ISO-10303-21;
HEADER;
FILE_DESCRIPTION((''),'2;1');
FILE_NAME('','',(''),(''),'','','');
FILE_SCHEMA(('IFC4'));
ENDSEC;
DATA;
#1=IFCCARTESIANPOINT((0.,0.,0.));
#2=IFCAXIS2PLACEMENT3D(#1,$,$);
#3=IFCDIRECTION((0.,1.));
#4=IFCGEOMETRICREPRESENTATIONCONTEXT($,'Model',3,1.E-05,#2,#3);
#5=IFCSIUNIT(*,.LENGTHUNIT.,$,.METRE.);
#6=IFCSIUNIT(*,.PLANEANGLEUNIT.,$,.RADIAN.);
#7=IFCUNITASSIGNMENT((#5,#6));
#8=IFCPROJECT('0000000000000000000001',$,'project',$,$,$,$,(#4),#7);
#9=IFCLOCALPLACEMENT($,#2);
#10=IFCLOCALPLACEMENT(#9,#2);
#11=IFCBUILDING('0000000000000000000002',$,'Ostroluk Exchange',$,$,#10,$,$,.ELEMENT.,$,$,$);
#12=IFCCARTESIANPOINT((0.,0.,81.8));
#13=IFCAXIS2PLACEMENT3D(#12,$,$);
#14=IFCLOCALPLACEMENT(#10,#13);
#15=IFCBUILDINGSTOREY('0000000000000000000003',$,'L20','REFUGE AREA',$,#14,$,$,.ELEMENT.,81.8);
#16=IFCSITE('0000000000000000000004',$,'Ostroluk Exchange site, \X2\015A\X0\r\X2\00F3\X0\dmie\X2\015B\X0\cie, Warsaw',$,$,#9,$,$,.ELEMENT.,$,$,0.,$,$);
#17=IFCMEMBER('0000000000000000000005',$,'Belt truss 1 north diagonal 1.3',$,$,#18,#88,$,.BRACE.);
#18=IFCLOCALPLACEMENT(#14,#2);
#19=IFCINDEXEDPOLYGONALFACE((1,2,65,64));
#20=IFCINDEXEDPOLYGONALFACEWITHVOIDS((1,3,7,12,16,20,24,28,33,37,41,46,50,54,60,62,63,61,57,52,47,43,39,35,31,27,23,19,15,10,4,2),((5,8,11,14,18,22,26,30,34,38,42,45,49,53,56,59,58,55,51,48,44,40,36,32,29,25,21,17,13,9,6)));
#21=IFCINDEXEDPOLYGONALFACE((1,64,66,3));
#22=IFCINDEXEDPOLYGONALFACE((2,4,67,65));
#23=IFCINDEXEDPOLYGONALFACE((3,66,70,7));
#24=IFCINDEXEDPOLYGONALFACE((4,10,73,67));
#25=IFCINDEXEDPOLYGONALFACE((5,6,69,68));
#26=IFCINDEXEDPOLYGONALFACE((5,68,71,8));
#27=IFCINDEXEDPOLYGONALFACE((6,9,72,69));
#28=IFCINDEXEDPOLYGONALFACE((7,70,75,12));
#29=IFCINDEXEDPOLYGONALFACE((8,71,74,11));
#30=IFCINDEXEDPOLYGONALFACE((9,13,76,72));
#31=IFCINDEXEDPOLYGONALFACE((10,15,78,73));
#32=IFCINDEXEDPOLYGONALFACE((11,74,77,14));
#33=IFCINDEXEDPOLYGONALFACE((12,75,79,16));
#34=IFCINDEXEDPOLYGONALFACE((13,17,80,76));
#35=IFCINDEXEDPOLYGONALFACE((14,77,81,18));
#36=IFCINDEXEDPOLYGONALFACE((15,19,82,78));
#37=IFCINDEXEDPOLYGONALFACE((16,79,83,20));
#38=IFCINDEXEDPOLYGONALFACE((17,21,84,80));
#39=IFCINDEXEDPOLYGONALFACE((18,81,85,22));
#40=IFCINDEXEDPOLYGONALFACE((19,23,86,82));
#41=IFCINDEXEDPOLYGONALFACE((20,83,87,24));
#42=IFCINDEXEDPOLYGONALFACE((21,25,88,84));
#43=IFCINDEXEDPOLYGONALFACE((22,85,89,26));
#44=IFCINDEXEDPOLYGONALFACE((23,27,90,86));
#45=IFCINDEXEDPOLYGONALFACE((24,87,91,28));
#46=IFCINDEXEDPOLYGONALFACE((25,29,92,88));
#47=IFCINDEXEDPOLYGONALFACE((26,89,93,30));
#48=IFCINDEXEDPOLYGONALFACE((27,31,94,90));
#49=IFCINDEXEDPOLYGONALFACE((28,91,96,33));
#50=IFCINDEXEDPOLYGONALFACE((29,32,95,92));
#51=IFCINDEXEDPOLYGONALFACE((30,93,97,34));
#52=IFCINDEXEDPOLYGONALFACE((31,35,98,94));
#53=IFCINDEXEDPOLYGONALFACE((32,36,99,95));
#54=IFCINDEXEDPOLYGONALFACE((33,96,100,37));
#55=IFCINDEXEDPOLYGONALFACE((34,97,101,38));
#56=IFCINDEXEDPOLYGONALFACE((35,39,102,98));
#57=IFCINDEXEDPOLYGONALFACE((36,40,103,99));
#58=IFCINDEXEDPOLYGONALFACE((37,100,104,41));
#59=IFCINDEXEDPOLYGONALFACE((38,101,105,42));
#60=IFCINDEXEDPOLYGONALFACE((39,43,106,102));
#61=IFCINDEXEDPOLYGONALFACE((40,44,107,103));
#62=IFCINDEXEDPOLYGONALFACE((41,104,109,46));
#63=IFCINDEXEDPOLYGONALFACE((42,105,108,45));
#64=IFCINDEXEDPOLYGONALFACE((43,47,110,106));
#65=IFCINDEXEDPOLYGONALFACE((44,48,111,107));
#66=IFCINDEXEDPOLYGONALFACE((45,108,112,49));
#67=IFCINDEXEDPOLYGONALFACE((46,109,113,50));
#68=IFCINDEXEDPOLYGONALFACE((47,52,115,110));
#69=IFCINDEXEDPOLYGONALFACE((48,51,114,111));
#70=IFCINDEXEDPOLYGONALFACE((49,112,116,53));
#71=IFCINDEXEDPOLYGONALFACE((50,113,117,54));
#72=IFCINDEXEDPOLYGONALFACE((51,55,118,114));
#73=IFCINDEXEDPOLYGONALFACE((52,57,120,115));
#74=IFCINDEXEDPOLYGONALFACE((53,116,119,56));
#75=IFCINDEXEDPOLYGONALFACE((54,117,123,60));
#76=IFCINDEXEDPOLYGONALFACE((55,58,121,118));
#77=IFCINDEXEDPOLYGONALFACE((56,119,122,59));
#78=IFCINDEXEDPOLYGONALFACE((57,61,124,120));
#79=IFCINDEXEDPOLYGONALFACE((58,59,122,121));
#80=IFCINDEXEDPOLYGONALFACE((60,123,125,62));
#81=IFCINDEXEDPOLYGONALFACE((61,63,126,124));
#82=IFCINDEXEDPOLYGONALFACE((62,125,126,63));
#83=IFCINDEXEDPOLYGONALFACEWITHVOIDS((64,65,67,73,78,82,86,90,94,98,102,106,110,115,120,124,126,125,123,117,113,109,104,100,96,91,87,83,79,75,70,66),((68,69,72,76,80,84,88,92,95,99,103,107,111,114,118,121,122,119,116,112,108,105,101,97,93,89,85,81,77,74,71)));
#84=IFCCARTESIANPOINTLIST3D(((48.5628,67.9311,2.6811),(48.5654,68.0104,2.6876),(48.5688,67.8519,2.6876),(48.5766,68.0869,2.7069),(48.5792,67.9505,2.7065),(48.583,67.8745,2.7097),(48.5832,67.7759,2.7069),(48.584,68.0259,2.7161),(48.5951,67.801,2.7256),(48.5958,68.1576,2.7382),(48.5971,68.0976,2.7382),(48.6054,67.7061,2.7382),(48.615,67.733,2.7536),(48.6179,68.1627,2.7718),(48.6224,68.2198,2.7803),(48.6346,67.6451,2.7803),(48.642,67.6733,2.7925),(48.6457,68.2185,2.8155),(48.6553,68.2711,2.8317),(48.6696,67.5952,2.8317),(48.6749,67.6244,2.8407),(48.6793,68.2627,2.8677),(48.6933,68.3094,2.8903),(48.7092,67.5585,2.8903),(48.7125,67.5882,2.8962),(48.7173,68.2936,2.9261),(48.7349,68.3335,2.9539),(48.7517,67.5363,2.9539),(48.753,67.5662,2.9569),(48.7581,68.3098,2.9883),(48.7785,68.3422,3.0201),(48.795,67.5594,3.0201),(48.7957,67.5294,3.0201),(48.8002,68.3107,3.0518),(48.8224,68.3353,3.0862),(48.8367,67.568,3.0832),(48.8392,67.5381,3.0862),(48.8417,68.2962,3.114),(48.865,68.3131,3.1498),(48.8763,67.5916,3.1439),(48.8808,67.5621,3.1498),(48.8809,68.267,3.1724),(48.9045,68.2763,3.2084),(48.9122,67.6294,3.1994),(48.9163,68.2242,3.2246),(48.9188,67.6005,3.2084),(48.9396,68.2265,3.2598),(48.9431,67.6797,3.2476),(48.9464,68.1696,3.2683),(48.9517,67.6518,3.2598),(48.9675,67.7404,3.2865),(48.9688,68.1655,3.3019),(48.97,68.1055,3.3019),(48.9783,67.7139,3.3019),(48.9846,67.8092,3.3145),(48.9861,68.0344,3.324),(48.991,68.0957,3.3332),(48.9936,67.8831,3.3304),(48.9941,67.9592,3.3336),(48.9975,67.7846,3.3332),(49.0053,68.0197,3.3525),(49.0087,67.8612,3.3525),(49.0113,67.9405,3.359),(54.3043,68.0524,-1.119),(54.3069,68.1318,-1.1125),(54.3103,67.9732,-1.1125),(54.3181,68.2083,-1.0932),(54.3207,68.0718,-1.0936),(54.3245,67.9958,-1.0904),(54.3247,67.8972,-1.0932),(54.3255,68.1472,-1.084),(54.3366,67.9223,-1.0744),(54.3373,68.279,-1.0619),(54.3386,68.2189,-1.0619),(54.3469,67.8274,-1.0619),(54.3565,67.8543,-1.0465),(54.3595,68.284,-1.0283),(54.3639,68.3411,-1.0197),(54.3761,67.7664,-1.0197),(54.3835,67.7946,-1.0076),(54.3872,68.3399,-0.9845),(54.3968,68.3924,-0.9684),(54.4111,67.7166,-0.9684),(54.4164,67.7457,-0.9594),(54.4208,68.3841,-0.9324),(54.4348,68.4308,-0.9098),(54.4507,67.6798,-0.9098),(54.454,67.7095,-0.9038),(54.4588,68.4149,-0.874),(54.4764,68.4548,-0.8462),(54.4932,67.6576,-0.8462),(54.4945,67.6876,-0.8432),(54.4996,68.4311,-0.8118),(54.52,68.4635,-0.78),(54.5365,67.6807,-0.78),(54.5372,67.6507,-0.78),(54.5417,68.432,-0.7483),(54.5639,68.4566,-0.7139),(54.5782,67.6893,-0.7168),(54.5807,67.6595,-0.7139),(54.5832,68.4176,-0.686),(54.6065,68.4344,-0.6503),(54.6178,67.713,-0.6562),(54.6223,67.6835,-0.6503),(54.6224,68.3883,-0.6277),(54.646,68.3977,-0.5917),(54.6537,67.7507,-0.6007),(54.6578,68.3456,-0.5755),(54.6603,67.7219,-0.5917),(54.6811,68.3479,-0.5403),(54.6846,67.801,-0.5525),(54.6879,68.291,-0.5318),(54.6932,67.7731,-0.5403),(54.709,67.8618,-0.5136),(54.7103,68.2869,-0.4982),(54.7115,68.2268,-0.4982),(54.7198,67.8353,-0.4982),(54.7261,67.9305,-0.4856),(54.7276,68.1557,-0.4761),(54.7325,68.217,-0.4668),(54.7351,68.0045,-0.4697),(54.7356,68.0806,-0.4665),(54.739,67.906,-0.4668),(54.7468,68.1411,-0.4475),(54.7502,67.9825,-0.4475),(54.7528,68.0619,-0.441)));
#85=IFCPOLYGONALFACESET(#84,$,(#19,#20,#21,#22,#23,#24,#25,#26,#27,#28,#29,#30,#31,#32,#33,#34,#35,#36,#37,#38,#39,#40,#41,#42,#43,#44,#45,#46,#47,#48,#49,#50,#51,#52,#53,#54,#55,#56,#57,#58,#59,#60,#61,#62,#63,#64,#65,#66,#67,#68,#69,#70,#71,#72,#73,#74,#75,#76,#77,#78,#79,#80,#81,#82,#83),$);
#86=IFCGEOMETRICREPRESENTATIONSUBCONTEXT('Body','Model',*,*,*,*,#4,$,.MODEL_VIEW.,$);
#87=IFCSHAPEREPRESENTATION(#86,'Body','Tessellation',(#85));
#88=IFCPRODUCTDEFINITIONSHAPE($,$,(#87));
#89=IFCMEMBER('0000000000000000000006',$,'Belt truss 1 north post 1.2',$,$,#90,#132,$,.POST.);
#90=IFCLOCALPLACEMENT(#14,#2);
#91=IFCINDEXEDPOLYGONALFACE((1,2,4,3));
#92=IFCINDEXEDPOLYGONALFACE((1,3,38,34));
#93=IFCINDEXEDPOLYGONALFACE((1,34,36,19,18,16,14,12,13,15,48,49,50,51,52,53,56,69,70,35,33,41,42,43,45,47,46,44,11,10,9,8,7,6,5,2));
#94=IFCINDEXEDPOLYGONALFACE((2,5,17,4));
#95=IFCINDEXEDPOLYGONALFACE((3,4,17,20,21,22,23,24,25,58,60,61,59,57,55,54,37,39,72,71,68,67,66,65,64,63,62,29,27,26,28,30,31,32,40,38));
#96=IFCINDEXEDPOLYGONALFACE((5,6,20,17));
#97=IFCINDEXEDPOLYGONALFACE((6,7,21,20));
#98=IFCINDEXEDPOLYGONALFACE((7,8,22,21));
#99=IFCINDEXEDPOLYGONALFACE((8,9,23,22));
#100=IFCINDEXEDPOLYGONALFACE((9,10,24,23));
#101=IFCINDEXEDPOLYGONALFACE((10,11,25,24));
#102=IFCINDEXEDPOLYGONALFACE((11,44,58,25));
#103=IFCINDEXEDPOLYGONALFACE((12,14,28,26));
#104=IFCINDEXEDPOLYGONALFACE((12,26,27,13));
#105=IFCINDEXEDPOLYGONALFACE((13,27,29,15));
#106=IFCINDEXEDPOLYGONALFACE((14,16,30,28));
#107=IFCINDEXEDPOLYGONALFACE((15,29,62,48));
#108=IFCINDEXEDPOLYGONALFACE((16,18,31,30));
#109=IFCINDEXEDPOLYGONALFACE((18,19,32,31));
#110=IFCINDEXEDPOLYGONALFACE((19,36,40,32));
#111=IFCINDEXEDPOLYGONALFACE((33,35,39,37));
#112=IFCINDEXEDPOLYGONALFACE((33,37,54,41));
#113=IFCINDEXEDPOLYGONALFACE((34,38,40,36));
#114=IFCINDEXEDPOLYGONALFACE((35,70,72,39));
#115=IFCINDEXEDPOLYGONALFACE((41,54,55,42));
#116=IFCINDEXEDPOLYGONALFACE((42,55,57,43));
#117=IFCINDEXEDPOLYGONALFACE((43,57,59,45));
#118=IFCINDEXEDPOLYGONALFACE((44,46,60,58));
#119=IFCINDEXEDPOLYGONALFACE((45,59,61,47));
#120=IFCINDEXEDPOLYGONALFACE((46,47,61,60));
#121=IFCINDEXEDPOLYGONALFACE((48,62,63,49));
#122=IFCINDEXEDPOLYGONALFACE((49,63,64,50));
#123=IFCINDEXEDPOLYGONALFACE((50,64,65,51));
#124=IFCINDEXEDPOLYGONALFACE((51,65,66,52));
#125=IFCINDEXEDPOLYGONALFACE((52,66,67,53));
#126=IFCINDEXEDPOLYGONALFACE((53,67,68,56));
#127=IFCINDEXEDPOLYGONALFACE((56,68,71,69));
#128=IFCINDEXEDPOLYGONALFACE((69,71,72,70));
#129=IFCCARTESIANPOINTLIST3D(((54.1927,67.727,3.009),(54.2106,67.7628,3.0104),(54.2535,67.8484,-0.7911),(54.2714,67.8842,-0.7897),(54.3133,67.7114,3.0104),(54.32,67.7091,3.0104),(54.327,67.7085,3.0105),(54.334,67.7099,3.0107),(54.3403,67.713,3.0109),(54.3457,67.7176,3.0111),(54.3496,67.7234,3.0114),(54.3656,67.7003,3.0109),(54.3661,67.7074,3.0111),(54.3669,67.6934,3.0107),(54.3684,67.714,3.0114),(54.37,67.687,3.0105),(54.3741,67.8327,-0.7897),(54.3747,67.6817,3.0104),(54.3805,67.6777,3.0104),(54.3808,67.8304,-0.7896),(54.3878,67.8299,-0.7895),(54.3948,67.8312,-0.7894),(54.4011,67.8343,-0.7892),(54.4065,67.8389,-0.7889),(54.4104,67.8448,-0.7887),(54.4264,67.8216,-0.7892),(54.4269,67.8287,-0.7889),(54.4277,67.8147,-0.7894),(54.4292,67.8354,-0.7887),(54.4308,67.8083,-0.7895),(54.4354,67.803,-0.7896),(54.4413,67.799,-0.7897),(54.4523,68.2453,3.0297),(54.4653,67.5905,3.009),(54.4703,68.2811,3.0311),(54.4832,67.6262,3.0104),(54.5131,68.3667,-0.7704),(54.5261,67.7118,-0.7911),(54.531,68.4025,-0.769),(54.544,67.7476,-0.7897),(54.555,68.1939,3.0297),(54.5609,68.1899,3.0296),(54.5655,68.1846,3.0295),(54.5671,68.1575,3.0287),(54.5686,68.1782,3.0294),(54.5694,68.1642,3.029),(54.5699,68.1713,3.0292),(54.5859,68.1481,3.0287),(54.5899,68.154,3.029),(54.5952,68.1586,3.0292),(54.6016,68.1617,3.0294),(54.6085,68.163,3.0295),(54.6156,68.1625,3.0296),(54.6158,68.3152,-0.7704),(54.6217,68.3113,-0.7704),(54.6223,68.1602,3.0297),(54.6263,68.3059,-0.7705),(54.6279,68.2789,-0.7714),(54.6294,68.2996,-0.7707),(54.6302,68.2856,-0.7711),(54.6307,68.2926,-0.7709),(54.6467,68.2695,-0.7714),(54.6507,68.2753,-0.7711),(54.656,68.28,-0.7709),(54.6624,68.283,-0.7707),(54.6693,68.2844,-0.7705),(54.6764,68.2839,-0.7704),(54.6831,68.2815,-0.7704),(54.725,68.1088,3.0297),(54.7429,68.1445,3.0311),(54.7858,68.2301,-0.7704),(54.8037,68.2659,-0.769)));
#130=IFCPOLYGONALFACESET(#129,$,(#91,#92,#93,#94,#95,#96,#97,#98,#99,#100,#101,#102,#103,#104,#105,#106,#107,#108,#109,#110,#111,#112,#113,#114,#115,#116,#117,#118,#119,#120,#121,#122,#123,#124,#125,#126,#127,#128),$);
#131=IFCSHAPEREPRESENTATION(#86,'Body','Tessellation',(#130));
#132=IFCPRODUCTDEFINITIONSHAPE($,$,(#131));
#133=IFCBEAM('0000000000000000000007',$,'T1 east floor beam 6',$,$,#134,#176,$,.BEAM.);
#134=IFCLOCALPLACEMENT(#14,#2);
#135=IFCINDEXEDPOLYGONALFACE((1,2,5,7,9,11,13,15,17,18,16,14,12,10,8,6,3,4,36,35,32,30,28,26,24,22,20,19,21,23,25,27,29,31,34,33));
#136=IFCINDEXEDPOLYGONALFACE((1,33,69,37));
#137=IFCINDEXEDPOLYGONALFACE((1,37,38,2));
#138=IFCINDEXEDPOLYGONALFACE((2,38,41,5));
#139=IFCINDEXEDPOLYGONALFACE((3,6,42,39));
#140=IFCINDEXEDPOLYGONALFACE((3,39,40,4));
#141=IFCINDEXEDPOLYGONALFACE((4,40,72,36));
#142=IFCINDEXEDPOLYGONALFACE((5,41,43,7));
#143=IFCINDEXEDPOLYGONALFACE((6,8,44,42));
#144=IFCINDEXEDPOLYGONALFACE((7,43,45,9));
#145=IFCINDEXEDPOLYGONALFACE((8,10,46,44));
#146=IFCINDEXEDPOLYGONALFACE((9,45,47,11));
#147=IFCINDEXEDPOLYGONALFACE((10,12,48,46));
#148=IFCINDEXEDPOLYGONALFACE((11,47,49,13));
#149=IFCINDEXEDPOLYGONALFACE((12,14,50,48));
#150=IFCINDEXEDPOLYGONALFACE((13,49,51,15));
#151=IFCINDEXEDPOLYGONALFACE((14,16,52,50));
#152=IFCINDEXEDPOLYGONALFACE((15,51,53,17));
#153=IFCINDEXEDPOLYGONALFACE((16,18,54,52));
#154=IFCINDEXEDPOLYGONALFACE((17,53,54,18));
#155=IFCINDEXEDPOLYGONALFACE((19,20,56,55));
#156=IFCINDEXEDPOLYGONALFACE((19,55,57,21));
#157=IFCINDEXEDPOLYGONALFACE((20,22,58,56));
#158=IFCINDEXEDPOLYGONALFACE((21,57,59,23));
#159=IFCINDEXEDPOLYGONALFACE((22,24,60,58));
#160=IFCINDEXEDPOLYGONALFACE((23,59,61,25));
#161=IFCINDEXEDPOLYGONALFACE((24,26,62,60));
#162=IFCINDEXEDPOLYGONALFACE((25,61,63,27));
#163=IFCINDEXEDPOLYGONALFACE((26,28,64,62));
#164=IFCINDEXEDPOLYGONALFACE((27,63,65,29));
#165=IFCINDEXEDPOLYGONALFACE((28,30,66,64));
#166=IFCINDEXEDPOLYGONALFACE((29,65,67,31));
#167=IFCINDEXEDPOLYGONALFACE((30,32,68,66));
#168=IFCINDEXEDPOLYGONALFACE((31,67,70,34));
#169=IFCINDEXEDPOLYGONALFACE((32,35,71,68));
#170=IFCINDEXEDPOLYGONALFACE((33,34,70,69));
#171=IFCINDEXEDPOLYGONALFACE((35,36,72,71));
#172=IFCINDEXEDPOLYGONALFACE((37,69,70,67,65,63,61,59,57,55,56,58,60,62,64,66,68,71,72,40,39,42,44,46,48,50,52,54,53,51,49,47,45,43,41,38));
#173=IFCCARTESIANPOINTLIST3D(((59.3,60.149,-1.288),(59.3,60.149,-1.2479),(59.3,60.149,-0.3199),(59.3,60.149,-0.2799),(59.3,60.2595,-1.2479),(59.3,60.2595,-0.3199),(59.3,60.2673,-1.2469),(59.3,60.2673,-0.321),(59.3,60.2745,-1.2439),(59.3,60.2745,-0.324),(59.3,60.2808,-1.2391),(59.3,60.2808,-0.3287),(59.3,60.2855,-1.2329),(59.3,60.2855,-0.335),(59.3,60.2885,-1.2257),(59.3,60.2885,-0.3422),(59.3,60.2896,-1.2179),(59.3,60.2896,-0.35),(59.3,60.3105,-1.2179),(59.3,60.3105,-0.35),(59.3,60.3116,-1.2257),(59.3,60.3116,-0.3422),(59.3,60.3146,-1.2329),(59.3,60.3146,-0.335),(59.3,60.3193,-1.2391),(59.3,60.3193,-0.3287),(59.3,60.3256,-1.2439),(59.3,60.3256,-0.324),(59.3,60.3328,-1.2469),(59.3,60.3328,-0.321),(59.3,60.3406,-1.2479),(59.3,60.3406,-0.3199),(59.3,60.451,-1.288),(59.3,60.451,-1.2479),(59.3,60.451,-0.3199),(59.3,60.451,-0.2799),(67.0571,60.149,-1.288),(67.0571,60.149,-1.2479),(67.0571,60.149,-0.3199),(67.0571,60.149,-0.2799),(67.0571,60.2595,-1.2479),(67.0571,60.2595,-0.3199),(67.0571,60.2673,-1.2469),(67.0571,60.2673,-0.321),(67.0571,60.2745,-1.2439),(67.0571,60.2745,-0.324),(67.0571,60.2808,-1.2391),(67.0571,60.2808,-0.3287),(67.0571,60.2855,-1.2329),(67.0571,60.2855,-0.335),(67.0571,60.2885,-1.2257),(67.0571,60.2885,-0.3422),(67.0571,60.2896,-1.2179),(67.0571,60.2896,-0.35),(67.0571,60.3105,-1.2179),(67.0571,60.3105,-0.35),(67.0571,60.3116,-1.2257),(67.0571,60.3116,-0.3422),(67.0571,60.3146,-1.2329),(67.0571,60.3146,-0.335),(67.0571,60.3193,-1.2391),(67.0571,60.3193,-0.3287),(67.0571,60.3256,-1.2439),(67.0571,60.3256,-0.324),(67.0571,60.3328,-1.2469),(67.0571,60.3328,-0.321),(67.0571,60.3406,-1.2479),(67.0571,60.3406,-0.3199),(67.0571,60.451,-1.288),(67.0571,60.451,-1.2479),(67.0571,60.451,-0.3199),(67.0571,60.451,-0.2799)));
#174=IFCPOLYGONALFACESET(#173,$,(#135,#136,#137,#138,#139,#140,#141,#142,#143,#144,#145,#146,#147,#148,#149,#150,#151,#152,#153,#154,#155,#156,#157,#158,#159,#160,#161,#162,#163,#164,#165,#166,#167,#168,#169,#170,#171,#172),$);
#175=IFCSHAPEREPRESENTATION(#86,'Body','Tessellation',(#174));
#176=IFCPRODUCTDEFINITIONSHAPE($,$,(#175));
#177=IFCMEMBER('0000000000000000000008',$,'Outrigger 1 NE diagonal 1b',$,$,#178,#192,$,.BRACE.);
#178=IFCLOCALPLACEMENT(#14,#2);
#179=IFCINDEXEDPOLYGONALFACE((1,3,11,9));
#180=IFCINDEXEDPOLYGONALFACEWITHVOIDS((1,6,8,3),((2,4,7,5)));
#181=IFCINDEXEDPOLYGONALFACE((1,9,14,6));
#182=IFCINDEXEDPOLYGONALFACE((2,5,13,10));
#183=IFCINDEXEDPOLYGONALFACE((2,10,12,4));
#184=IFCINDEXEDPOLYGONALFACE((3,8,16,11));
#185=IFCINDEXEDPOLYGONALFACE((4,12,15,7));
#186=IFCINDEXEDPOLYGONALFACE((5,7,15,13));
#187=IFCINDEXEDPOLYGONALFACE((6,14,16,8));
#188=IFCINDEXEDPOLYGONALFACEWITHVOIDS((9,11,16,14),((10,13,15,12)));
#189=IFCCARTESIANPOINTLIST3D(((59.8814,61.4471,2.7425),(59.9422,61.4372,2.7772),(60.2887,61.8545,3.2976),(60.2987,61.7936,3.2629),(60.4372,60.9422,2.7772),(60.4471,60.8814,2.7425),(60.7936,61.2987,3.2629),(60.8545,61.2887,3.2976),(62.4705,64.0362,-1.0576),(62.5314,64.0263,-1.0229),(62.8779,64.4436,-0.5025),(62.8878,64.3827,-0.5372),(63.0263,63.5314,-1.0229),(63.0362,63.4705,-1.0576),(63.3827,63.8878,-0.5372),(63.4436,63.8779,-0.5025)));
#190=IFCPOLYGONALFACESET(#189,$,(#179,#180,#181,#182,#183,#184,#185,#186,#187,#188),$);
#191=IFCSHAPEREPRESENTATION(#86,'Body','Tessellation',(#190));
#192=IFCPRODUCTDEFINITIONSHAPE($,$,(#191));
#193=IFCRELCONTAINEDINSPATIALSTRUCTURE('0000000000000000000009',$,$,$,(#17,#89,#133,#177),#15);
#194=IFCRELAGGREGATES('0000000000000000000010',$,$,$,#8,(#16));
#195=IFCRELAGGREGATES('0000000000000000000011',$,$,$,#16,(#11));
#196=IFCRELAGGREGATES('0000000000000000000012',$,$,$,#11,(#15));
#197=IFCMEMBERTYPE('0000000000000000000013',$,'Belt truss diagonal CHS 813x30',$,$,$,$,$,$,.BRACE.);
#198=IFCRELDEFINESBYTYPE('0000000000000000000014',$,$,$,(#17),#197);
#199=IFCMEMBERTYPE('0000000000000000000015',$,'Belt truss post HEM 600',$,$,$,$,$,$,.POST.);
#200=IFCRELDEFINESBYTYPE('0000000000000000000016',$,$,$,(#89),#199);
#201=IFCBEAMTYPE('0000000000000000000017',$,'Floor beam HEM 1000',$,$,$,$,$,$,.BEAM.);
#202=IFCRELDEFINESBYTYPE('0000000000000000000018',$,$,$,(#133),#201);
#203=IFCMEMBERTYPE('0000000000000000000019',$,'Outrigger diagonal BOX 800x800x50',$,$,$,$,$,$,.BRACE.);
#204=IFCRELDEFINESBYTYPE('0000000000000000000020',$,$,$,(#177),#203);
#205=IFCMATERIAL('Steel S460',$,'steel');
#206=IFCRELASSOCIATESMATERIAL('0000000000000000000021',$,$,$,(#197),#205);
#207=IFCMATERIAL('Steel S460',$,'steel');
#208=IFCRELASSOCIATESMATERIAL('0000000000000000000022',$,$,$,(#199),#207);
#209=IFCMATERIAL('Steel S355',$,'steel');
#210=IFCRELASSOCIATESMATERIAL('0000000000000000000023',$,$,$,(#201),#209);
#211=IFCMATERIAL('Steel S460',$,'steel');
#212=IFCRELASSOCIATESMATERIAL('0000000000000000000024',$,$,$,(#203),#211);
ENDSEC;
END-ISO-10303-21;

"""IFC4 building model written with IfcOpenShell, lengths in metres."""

from ifc_helpers import new_model, si_unit, direction, frame, origin, origin_2d, place, context, subcontext, project, spatial, hollow_rectangle, hollow_circle, i_section, extrude, material, material_profile, profile_set, type_object, element, save


model = new_model("IFC4")

# Units and contexts
model_context = context("Model", 3, precision=1e-05, world=origin(), true_north=direction((0.0, 1.0)))
body_context = subcontext(model_context, "Body", "Model", "MODEL_VIEW")
ifc_project = project(units=[si_unit("LENGTHUNIT", "METRE"), si_unit("PLANEANGLEUNIT", "RADIAN")], contexts=[model_context])

# Site, building, storey
site_placement = place(None, origin())
site = spatial("IfcSite", under=ifc_project, at=site_placement, Name="Ostroluk Exchange site, Śródmieście, Warsaw", CompositionType="ELEMENT", RefElevation=0.0)
building_placement = place(site_placement, origin())
building = spatial("IfcBuilding", under=site, at=building_placement, Name="Ostroluk Exchange", CompositionType="ELEMENT")
storey_placement = place(building_placement, frame((0.0, 0.0, 81.8)))
storey = spatial("IfcBuildingStorey", under=building, at=storey_placement, Name="L20", Description="REFUGE AREA", CompositionType="ELEMENT", Elevation=81.8)

# Members
ifc_material_1 = material(Name="Steel S460", Category="steel")
ifc_material_profile_1 = material_profile(ifc_material_1, hollow_circle(Radius=0.4065, WallThickness=0.03, at=origin_2d()), Name="CHS 813x30")
ifc_profile_set_1 = profile_set([ifc_material_profile_1], Name="Steel S460")
member_type_1 = type_object("IfcMemberType", Name="Belt truss diagonal CHS 813x30", PredefinedType="BRACE", material=ifc_profile_set_1)
member_1_placement = place(storey_placement, frame((54.5286, 68.0571, -0.78), z_axis=(-0.833766, -0.017621, 0.551837), x_axis=(0.021129, -0.999777, 0.0)))
element("IfcMember", 1, at=member_1_placement, inside=storey, type_object=member_type_1, Name="Belt truss 1 north diagonal 1.3", PredefinedType="BRACE", context=body_context, shape_type="SweptSolid", body=[
    extrude(hollow_circle(Radius=0.4065, WallThickness=0.03, at=origin_2d()), origin(), (0.0, 0.0, 1.0), 6.8862),
])
ifc_material_2 = material(Name="Steel S460", Category="steel")
ifc_material_profile_2 = material_profile(ifc_material_2, i_section(OverallWidth=0.3049, OverallDepth=0.6201, WebThickness=0.021, FlangeThickness=0.04, FilletRadius=0.0271, at=origin_2d()), Name="HEM 600")
ifc_profile_set_2 = profile_set([ifc_material_profile_2], Name="Steel S460")
member_type_2 = type_object("IfcMemberType", Name="Belt truss post HEM 600", PredefinedType="POST", material=ifc_profile_set_2)
member_2_placement = place(storey_placement, frame((54.5286, 68.0571, -0.78), z_axis=(-0.015987, -0.03191, 0.999363), x_axis=(0.894067, -0.447933, 0.0)))
element("IfcMember", 2, at=member_2_placement, inside=storey, type_object=member_type_2, Name="Belt truss 1 north post 1.2", PredefinedType="POST", context=body_context, shape_type="SweptSolid", body=[
    extrude(i_section(OverallWidth=0.3049, OverallDepth=0.6201, WebThickness=0.021, FlangeThickness=0.04, FilletRadius=0.0271, at=origin_2d()), origin(), (0.0, 0.0, 1.0), 3.8025),
])

# Beam
ifc_material_3 = material(Name="Steel S355", Category="steel")
ifc_material_profile_3 = material_profile(ifc_material_3, i_section(OverallWidth=0.302, OverallDepth=1.0081, WebThickness=0.021, FlangeThickness=0.04, FilletRadius=0.03, at=origin_2d()), Name="HEM 1000")
ifc_profile_set_3 = profile_set([ifc_material_profile_3], Name="Steel S355")
beam_type = type_object("IfcBeamType", Name="Floor beam HEM 1000", PredefinedType="BEAM", material=ifc_profile_set_3)
beam_placement = place(storey_placement, frame((59.3, 60.3, -0.7839), z_axis=(1.0, 0.0, 0.0), x_axis=(0.0, 1.0, 0.0)))
element("IfcBeam", 3, at=beam_placement, inside=storey, type_object=beam_type, Name="T1 east floor beam 6", PredefinedType="BEAM", context=body_context, shape_type="SweptSolid", body=[
    extrude(i_section(OverallWidth=0.302, OverallDepth=1.0081, WebThickness=0.021, FlangeThickness=0.04, FilletRadius=0.03, at=origin_2d()), origin(), (0.0, 0.0, 1.0), 7.7571),
])

# Member
ifc_material_4 = material(Name="Steel S460", Category="steel")
ifc_material_profile_4 = material_profile(ifc_material_4, hollow_rectangle(XDim=0.8, YDim=0.8, WallThickness=0.05, at=origin_2d()), Name="BOX 800x800x50")
ifc_profile_set_4 = profile_set([ifc_material_profile_4], Name="Steel S460")
member_type_3 = type_object("IfcMemberType", Name="Outrigger diagonal BOX 800x800x50", PredefinedType="BRACE", material=ifc_profile_set_4)
member_3_placement = place(storey_placement, frame((60.3679, 61.3679, 3.02), z_axis=(0.490635, 0.490635, -0.720107), x_axis=(-0.707107, 0.707107, 0.0)))
element("IfcMember", 4, at=member_3_placement, inside=storey, type_object=member_type_3, Name="Outrigger 1 NE diagonal 1b", PredefinedType="BRACE", context=body_context, shape_type="SweptSolid", body=[
    extrude(hollow_rectangle(XDim=0.8, YDim=0.8, WallThickness=0.05, at=origin_2d()), origin(), (0.0, 0.0, 1.0), 5.2771),
])

save(model, "model.ifc")
